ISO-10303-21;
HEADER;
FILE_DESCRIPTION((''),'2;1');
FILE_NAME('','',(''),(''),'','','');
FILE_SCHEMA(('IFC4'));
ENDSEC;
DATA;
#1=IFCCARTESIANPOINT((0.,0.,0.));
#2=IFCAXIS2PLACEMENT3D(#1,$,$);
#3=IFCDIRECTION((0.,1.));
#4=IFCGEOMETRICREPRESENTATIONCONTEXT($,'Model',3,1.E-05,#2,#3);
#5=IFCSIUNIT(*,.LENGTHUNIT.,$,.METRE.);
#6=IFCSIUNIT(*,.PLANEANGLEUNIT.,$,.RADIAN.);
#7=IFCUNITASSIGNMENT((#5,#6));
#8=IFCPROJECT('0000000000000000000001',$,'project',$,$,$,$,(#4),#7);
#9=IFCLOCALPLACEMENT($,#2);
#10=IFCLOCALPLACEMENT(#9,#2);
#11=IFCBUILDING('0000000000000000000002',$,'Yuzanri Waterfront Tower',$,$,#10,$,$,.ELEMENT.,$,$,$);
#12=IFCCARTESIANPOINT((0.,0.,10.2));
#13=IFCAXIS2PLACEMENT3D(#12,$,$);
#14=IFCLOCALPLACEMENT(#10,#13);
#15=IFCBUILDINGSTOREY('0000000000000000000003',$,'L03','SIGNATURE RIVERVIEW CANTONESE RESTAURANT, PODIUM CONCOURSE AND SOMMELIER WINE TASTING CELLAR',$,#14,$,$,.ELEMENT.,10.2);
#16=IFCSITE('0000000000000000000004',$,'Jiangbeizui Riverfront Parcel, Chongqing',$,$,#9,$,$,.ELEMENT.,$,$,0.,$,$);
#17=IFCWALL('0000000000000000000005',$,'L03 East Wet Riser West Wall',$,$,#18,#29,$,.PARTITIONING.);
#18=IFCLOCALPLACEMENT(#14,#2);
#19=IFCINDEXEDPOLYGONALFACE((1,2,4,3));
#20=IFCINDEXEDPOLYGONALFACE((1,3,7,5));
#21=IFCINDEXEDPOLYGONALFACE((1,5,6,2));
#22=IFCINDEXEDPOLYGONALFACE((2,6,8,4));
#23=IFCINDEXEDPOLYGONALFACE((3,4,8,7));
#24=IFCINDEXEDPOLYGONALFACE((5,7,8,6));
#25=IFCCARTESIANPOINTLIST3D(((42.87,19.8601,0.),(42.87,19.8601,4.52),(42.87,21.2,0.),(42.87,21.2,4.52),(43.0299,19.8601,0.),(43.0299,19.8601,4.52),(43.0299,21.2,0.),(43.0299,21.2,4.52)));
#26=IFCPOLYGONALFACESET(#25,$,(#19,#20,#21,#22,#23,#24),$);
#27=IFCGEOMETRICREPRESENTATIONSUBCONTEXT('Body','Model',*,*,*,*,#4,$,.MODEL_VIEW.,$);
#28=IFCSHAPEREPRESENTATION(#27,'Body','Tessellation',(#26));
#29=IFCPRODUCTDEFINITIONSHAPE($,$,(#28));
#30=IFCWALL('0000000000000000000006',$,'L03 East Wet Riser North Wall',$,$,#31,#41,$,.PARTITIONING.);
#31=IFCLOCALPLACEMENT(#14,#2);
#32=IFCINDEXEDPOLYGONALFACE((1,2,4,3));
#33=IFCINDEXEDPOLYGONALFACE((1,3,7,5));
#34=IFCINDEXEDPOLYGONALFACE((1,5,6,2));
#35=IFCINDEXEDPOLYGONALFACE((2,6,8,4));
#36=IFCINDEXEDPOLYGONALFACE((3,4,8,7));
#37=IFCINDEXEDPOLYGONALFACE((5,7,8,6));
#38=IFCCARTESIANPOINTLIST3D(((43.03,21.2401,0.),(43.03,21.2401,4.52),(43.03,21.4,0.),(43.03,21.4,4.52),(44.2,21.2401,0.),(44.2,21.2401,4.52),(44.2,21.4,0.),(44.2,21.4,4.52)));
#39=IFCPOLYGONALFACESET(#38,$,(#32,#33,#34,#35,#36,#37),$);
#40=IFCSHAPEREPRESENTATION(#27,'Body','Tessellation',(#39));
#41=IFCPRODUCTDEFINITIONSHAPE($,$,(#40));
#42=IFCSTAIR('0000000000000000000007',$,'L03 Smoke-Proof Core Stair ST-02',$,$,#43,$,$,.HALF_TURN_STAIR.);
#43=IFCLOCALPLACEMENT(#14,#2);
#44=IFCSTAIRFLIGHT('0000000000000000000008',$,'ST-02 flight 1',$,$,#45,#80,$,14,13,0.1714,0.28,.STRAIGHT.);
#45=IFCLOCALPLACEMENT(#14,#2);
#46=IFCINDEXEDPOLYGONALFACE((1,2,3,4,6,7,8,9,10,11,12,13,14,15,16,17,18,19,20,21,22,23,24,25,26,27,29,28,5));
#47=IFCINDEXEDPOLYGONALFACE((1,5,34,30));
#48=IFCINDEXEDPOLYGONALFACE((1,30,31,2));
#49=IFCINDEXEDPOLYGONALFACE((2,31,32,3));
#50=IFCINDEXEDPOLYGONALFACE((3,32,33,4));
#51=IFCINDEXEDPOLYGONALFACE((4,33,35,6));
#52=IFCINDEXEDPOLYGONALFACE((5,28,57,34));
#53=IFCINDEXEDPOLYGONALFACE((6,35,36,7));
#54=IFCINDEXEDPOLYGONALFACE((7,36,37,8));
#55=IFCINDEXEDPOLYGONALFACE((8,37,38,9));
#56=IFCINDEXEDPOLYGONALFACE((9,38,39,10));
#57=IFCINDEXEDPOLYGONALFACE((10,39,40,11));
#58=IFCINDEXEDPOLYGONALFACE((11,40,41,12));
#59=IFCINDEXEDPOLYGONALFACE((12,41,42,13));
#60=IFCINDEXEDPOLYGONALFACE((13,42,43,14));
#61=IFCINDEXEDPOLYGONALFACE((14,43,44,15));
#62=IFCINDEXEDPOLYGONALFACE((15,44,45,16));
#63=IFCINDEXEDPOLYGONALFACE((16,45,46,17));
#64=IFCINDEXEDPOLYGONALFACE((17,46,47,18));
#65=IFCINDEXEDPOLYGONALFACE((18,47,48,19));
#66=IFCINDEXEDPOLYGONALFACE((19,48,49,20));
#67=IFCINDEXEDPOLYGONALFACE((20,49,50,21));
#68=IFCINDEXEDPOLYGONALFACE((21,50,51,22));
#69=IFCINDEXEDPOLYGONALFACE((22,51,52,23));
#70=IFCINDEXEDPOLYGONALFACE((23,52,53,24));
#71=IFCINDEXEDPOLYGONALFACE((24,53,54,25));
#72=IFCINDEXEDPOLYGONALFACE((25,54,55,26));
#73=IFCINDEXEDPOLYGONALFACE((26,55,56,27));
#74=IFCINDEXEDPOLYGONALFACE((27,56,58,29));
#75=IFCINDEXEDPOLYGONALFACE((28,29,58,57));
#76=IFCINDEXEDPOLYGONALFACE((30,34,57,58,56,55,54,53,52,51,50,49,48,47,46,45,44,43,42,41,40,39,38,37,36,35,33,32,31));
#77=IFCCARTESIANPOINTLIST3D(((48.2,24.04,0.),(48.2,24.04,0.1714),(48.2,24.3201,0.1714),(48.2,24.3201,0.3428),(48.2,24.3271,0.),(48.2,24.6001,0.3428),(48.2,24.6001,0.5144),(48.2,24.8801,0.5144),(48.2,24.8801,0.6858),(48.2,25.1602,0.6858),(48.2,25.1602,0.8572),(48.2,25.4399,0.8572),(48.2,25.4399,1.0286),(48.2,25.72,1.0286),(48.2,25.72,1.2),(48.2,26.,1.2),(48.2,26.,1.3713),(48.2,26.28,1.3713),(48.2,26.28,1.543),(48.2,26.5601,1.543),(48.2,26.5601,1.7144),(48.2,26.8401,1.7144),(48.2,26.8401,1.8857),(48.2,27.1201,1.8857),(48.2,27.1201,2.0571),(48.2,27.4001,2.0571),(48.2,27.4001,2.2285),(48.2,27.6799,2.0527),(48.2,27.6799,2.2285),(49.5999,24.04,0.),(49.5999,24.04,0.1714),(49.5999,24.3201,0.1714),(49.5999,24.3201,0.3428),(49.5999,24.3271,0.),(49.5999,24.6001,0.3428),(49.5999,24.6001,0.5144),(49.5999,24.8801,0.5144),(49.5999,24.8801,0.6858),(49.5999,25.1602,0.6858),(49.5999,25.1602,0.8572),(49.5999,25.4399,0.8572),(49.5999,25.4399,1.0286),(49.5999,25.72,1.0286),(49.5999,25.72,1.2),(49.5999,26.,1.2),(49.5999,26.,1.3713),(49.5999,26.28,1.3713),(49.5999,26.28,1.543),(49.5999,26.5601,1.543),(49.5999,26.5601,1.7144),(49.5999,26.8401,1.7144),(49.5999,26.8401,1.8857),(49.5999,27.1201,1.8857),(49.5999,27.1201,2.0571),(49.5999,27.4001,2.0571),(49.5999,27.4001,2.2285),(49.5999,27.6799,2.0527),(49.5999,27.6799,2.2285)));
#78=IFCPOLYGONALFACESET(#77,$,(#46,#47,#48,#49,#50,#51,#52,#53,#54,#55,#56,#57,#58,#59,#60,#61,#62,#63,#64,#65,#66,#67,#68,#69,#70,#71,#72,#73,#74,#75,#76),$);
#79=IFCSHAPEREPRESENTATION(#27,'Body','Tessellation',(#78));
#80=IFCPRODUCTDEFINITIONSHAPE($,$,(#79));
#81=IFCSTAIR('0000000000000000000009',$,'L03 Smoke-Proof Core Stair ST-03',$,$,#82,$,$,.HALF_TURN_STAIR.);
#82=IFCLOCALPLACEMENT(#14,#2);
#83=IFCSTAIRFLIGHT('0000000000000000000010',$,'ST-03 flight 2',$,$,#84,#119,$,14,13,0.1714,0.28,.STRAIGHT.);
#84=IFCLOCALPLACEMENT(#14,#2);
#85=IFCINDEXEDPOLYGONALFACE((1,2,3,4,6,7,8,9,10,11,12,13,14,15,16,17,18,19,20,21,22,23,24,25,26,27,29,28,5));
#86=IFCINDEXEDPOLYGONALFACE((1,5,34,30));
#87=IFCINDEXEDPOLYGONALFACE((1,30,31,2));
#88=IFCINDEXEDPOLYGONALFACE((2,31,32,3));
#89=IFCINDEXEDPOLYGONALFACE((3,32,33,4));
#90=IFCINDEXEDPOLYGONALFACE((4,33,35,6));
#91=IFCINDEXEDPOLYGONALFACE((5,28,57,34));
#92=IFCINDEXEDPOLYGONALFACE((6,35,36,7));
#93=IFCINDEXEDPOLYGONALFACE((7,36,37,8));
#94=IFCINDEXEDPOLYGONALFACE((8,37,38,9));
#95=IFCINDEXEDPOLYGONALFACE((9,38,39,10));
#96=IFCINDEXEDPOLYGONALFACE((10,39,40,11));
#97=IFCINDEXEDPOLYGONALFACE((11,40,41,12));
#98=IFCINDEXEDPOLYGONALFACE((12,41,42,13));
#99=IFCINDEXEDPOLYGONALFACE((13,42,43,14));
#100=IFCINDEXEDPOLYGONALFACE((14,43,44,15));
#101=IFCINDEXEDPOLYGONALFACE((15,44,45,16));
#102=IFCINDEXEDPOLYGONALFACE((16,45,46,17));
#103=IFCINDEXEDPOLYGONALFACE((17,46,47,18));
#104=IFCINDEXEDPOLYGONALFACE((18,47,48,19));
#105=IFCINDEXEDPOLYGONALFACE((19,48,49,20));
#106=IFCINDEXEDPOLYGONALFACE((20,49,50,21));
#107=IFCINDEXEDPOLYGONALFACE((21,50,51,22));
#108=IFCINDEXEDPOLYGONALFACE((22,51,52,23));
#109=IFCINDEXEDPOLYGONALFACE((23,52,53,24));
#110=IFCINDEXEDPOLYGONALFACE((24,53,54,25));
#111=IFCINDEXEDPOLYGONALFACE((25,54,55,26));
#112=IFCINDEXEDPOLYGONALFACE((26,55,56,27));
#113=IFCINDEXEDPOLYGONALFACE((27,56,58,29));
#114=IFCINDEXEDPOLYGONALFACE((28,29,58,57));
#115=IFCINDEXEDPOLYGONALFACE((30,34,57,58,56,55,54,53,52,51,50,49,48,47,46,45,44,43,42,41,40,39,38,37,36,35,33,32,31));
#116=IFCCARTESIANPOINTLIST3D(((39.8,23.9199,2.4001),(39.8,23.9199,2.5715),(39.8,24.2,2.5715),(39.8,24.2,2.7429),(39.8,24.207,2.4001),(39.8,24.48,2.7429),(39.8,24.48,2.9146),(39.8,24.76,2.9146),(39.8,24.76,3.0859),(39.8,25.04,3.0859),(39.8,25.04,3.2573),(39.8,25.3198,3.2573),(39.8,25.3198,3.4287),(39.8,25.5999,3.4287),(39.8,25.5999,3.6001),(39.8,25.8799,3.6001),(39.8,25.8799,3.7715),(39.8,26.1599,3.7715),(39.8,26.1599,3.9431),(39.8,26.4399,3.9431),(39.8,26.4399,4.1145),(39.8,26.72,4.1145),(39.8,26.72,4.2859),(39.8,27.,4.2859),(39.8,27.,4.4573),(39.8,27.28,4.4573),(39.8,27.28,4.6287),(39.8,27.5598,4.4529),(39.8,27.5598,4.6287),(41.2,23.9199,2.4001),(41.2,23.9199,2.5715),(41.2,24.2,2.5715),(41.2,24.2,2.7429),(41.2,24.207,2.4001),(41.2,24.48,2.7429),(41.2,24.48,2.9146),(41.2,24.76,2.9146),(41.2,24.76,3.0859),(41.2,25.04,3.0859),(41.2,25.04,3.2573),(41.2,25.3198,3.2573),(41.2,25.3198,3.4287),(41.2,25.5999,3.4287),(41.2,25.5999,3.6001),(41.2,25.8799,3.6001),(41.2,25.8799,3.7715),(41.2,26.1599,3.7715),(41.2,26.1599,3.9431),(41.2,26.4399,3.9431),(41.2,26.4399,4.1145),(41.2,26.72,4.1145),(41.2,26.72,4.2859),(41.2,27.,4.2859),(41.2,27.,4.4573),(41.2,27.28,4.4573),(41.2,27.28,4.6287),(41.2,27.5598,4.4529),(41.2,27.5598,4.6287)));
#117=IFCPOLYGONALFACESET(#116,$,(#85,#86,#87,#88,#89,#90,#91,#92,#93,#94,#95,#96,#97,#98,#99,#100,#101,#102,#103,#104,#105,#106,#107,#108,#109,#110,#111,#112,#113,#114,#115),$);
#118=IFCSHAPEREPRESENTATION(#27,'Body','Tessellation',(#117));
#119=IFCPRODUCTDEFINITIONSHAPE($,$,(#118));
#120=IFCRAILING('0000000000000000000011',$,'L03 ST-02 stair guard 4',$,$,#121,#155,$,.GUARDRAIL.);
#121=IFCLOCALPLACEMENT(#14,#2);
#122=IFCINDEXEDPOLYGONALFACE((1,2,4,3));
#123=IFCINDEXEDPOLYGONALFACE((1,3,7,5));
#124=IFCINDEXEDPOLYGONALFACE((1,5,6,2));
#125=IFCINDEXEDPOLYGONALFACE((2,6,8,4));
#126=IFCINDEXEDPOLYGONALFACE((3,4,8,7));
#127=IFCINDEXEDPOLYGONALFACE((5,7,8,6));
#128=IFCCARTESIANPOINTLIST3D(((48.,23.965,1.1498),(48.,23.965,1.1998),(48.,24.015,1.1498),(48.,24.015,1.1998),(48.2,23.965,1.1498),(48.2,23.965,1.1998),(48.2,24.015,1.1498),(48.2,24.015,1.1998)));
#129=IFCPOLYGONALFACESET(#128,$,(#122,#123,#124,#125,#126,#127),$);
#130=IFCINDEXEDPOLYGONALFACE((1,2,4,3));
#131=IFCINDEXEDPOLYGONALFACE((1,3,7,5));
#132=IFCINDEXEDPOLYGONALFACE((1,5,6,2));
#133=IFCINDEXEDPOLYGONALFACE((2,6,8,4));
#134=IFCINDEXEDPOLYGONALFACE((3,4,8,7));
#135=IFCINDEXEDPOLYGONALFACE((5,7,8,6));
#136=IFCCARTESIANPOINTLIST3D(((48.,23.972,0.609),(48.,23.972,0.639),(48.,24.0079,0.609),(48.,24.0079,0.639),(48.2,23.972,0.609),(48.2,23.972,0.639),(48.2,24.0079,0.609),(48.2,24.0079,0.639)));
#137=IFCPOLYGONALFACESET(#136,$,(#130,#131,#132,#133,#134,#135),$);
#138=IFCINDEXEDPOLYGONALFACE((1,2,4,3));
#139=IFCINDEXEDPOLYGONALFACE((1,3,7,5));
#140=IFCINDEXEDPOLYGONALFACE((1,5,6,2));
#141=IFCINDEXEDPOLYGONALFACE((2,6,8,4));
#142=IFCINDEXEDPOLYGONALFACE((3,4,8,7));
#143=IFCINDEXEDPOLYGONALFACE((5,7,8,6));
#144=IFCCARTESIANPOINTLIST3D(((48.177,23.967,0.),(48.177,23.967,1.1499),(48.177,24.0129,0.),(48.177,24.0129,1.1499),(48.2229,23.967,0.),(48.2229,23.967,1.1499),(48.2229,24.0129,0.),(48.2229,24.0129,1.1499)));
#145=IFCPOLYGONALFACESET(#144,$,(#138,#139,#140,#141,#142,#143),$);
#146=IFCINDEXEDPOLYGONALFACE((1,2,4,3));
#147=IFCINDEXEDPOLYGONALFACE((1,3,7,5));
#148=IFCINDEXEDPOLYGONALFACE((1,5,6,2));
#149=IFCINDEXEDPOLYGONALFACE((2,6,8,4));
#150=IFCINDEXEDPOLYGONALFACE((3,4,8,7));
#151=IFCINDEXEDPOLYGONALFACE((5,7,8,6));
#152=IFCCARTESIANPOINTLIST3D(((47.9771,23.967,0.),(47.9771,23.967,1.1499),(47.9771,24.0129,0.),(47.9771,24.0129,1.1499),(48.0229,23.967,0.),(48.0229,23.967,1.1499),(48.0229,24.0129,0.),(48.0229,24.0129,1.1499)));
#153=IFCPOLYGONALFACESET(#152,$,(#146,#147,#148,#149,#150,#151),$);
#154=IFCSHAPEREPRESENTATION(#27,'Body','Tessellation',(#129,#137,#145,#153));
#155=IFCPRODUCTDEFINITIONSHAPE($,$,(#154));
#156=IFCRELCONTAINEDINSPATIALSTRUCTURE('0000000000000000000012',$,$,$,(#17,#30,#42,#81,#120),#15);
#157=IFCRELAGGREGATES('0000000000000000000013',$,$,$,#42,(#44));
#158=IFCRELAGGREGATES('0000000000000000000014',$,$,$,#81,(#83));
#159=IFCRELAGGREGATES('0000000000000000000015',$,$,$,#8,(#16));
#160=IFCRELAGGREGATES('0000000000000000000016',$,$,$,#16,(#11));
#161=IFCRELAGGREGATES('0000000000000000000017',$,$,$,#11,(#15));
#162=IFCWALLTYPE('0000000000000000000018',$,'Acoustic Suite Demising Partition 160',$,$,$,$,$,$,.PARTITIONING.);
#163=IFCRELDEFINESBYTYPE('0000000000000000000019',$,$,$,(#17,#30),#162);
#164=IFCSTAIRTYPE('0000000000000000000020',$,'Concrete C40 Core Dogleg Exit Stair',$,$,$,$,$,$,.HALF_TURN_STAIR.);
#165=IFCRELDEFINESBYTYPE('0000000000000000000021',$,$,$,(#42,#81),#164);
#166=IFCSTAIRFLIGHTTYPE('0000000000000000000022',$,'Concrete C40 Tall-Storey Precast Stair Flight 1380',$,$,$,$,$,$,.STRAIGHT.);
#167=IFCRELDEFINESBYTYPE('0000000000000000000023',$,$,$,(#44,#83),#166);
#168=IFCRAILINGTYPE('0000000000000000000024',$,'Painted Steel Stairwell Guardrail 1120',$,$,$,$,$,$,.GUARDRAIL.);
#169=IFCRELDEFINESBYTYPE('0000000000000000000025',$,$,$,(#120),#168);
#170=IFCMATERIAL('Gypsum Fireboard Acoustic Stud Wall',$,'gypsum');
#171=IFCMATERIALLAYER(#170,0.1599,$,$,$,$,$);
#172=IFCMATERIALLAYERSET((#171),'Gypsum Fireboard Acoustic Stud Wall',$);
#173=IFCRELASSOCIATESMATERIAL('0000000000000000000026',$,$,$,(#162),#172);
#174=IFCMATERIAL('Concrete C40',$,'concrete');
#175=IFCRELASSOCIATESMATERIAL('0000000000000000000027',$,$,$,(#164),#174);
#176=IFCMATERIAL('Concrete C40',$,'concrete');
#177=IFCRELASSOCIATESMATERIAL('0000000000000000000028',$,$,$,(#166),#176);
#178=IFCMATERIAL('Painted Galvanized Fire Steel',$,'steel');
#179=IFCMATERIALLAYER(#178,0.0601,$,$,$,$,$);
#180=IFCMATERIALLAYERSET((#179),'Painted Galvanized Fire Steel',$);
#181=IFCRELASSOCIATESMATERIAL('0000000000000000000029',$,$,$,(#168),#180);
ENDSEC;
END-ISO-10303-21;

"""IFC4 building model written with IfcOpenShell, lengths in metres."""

from ifc_helpers import new_model, si_unit, direction, frame, frame_2d, origin, origin_2d, place, context, subcontext, project, spatial, polyline, rectangle, outline, extrude, source, transform, mapped, material, layer, layer_set, type_object, element, aggregate, save


model = new_model("IFC4")

# Units and contexts
model_context = context("Model", 3, precision=1e-05, world=origin(), true_north=direction((0.0, 1.0)))
body_context = subcontext(model_context, "Body", "Model", "MODEL_VIEW")
ifc_project = project(units=[si_unit("LENGTHUNIT", "METRE"), si_unit("PLANEANGLEUNIT", "RADIAN")], contexts=[model_context])

# Site, building, storey
site_placement = place(None, origin())
site = spatial("IfcSite", under=ifc_project, at=site_placement, Name="Jiangbeizui Riverfront Parcel, Chongqing", CompositionType="ELEMENT", RefElevation=0.0)
building_placement = place(site_placement, origin())
building = spatial("IfcBuilding", under=site, at=building_placement, Name="Yuzanri Waterfront Tower", CompositionType="ELEMENT")
storey_placement = place(building_placement, frame((0.0, 0.0, 10.2)))
storey = spatial("IfcBuildingStorey", under=building, at=storey_placement, Name="L03", Description="SIGNATURE RIVERVIEW CANTONESE RESTAURANT, PODIUM CONCOURSE AND SOMMELIER WINE TASTING CELLAR", CompositionType="ELEMENT", Elevation=10.2)

# Walls
ifc_material_1 = material(Name="Gypsum Fireboard Acoustic Stud Wall", Category="gypsum")
ifc_layer_1 = layer(ifc_material_1, 0.1599)
ifc_layer_set_1 = layer_set([ifc_layer_1], Name="Gypsum Fireboard Acoustic Stud Wall")
wall_type_1 = type_object("IfcWallType", Name="Acoustic Suite Demising Partition 160", PredefinedType="PARTITIONING", material=ifc_layer_set_1)
shared_shape_1 = source(origin(), body_context, "Body", "SweptSolid", [
    extrude(rectangle(XDim=1.3398, YDim=0.1599, at=frame_2d((0.6699, 0.0))), origin(), (0.0, 0.0, 1.0), 4.52),
])
wall_1_placement = place(storey_placement, frame((42.95, 19.8601, 0.0), z_axis=(0.0, 0.0, 1.0), x_axis=(0.0, 1.0, 0.0)))
element("IfcWall", 1, at=wall_1_placement, inside=storey, type_object=wall_type_1, Name="L03 East Wet Riser West Wall", PredefinedType="PARTITIONING", context=body_context, shape_type="MappedRepresentation", body=[
    mapped(shared_shape_1, transform((0.0, 0.0, 0.0), scale=1.0)),
])
shared_shape_2 = source(origin(), body_context, "Body", "SweptSolid", [
    extrude(rectangle(XDim=1.1699, YDim=0.1599, at=frame_2d((0.585, 0.0))), origin(), (0.0, 0.0, 1.0), 4.52),
])
wall_2_placement = place(storey_placement, frame((43.03, 21.3201, 0.0), z_axis=(0.0, 0.0, 1.0), x_axis=(1.0, 0.0, 0.0)))
element("IfcWall", 2, at=wall_2_placement, inside=storey, type_object=wall_type_1, Name="L03 East Wet Riser North Wall", PredefinedType="PARTITIONING", context=body_context, shape_type="MappedRepresentation", body=[
    mapped(shared_shape_2, transform((0.0, 0.0, 0.0), scale=1.0)),
])

# Stairs, stair flights
ifc_material_2 = material(Name="Concrete C40", Category="concrete")
stair_type = type_object("IfcStairType", Name="Concrete C40 Core Dogleg Exit Stair", PredefinedType="HALF_TURN_STAIR", material=ifc_material_2)
stair_1_placement = place(storey_placement, origin())
stair_1 = element("IfcStair", 3, at=stair_1_placement, inside=storey, type_object=stair_type, Name="L03 Smoke-Proof Core Stair ST-02", PredefinedType="HALF_TURN_STAIR")
ifc_material_3 = material(Name="Concrete C40", Category="concrete")
stair_flight_type = type_object("IfcStairFlightType", Name="Concrete C40 Tall-Storey Precast Stair Flight 1380", PredefinedType="STRAIGHT", material=ifc_material_3)
shared_shape_3 = source(origin(), body_context, "Body", "SweptSolid", [
    extrude(outline(polyline([(0.0, 0.0), (0.0, 0.1714), (0.28, 0.1714), (0.28, 0.3428), (0.5601, 0.3428), (0.5601, 0.5144), (0.8401, 0.5144), (0.8401, 0.6858), (1.1201, 0.6858), (1.1201, 0.8572), (1.3999, 0.8572), (1.3999, 1.0286), (1.6799, 1.0286), (1.6799, 1.2), (1.96, 1.2), (1.96, 1.3713), (2.24, 1.3713), (2.24, 1.543), (2.52, 1.543), (2.52, 1.7144), (2.8, 1.7144), (2.8, 1.8857), (3.0801, 1.8857), (3.0801, 2.0571), (3.3601, 2.0571), (3.3601, 2.2285), (3.6399, 2.2285), (3.6399, 2.3999), (3.6399, 2.0527), (0.2871, 0.0), (0.0, 0.0)])), frame((0.0, 0.7, 0.0), z_axis=(0.0, -1.0, 0.0), x_axis=(1.0, 0.0, 0.0)), (0.0, 0.0, 1.0), 1.3999),
])
stair_flight_1_placement = place(storey_placement, frame((48.8999, 24.04, 0.0), z_axis=(0.0, 0.0, 1.0), x_axis=(0.0, 1.0, 0.0)))
stair_flight_1 = element("IfcStairFlight", 4, at=stair_flight_1_placement, type_object=stair_flight_type, Name="ST-02 flight 1", NumberOfRisers=14, NumberOfTreads=13, PredefinedType="STRAIGHT", RiserHeight=0.1714, TreadLength=0.28, context=body_context, shape_type="MappedRepresentation", body=[
    mapped(shared_shape_3, transform((0.0, 0.0, 0.0), scale=1.0)),
])
aggregate(stair_1, [stair_flight_1])
stair_2_placement = place(storey_placement, origin())
stair_2 = element("IfcStair", 5, at=stair_2_placement, inside=storey, type_object=stair_type, Name="L03 Smoke-Proof Core Stair ST-03", PredefinedType="HALF_TURN_STAIR")
stair_flight_2_placement = place(storey_placement, frame((40.5, 23.9199, 2.4001), z_axis=(0.0, 0.0, 1.0), x_axis=(0.0, 1.0, 0.0)))
stair_flight_2 = element("IfcStairFlight", 6, at=stair_flight_2_placement, type_object=stair_flight_type, Name="ST-03 flight 2", NumberOfRisers=14, NumberOfTreads=13, PredefinedType="STRAIGHT", RiserHeight=0.1714, TreadLength=0.28, context=body_context, shape_type="MappedRepresentation", body=[
    mapped(shared_shape_3, transform((0.0, 0.0, 0.0), scale=1.0)),
])
aggregate(stair_2, [stair_flight_2])

# Railing
ifc_material_4 = material(Name="Painted Galvanized Fire Steel", Category="steel")
ifc_layer_2 = layer(ifc_material_4, 0.0601)
ifc_layer_set_2 = layer_set([ifc_layer_2], Name="Painted Galvanized Fire Steel")
railing_type_1 = type_object("IfcRailingType", Name="Painted Steel Stairwell Guardrail 1120", PredefinedType="GUARDRAIL", material=ifc_layer_set_2)
shared_shape_4 = source(origin(), body_context, "Body", "SweptSolid", [
    extrude(rectangle(XDim=0.05, YDim=0.05, at=origin_2d()), frame((0.0, 0.0, 1.1748), z_axis=(-1.0, 0.0, 0.0), x_axis=(0.0, -1.0, 0.0)), (0.0, 0.0, 1.0), 0.2),
    extrude(rectangle(XDim=0.0359, YDim=0.03, at=origin_2d()), frame((0.0, 0.0, 0.624), z_axis=(-1.0, 0.0, 0.0), x_axis=(0.0, -1.0, 0.0)), (0.0, 0.0, 1.0), 0.2),
    extrude(rectangle(XDim=0.0459, YDim=0.0459, at=origin_2d()), origin(), (0.0, 0.0, 1.0), 1.1499),
    extrude(rectangle(XDim=0.0459, YDim=0.0459, at=origin_2d()), frame((-0.2, 0.0, 0.0)), (0.0, 0.0, 1.0), 1.1499),
])
railing_1_placement = place(storey_placement, frame((48.2, 23.99, 0.0)))
element("IfcRailing", 7, at=railing_1_placement, inside=storey, type_object=railing_type_1, Name="L03 ST-02 stair guard 4", PredefinedType="GUARDRAIL", context=body_context, shape_type="MappedRepresentation", body=[
    mapped(shared_shape_4, transform((0.0, 0.0, 0.0), scale=1.0)),
])

save(model, "model.ifc")
